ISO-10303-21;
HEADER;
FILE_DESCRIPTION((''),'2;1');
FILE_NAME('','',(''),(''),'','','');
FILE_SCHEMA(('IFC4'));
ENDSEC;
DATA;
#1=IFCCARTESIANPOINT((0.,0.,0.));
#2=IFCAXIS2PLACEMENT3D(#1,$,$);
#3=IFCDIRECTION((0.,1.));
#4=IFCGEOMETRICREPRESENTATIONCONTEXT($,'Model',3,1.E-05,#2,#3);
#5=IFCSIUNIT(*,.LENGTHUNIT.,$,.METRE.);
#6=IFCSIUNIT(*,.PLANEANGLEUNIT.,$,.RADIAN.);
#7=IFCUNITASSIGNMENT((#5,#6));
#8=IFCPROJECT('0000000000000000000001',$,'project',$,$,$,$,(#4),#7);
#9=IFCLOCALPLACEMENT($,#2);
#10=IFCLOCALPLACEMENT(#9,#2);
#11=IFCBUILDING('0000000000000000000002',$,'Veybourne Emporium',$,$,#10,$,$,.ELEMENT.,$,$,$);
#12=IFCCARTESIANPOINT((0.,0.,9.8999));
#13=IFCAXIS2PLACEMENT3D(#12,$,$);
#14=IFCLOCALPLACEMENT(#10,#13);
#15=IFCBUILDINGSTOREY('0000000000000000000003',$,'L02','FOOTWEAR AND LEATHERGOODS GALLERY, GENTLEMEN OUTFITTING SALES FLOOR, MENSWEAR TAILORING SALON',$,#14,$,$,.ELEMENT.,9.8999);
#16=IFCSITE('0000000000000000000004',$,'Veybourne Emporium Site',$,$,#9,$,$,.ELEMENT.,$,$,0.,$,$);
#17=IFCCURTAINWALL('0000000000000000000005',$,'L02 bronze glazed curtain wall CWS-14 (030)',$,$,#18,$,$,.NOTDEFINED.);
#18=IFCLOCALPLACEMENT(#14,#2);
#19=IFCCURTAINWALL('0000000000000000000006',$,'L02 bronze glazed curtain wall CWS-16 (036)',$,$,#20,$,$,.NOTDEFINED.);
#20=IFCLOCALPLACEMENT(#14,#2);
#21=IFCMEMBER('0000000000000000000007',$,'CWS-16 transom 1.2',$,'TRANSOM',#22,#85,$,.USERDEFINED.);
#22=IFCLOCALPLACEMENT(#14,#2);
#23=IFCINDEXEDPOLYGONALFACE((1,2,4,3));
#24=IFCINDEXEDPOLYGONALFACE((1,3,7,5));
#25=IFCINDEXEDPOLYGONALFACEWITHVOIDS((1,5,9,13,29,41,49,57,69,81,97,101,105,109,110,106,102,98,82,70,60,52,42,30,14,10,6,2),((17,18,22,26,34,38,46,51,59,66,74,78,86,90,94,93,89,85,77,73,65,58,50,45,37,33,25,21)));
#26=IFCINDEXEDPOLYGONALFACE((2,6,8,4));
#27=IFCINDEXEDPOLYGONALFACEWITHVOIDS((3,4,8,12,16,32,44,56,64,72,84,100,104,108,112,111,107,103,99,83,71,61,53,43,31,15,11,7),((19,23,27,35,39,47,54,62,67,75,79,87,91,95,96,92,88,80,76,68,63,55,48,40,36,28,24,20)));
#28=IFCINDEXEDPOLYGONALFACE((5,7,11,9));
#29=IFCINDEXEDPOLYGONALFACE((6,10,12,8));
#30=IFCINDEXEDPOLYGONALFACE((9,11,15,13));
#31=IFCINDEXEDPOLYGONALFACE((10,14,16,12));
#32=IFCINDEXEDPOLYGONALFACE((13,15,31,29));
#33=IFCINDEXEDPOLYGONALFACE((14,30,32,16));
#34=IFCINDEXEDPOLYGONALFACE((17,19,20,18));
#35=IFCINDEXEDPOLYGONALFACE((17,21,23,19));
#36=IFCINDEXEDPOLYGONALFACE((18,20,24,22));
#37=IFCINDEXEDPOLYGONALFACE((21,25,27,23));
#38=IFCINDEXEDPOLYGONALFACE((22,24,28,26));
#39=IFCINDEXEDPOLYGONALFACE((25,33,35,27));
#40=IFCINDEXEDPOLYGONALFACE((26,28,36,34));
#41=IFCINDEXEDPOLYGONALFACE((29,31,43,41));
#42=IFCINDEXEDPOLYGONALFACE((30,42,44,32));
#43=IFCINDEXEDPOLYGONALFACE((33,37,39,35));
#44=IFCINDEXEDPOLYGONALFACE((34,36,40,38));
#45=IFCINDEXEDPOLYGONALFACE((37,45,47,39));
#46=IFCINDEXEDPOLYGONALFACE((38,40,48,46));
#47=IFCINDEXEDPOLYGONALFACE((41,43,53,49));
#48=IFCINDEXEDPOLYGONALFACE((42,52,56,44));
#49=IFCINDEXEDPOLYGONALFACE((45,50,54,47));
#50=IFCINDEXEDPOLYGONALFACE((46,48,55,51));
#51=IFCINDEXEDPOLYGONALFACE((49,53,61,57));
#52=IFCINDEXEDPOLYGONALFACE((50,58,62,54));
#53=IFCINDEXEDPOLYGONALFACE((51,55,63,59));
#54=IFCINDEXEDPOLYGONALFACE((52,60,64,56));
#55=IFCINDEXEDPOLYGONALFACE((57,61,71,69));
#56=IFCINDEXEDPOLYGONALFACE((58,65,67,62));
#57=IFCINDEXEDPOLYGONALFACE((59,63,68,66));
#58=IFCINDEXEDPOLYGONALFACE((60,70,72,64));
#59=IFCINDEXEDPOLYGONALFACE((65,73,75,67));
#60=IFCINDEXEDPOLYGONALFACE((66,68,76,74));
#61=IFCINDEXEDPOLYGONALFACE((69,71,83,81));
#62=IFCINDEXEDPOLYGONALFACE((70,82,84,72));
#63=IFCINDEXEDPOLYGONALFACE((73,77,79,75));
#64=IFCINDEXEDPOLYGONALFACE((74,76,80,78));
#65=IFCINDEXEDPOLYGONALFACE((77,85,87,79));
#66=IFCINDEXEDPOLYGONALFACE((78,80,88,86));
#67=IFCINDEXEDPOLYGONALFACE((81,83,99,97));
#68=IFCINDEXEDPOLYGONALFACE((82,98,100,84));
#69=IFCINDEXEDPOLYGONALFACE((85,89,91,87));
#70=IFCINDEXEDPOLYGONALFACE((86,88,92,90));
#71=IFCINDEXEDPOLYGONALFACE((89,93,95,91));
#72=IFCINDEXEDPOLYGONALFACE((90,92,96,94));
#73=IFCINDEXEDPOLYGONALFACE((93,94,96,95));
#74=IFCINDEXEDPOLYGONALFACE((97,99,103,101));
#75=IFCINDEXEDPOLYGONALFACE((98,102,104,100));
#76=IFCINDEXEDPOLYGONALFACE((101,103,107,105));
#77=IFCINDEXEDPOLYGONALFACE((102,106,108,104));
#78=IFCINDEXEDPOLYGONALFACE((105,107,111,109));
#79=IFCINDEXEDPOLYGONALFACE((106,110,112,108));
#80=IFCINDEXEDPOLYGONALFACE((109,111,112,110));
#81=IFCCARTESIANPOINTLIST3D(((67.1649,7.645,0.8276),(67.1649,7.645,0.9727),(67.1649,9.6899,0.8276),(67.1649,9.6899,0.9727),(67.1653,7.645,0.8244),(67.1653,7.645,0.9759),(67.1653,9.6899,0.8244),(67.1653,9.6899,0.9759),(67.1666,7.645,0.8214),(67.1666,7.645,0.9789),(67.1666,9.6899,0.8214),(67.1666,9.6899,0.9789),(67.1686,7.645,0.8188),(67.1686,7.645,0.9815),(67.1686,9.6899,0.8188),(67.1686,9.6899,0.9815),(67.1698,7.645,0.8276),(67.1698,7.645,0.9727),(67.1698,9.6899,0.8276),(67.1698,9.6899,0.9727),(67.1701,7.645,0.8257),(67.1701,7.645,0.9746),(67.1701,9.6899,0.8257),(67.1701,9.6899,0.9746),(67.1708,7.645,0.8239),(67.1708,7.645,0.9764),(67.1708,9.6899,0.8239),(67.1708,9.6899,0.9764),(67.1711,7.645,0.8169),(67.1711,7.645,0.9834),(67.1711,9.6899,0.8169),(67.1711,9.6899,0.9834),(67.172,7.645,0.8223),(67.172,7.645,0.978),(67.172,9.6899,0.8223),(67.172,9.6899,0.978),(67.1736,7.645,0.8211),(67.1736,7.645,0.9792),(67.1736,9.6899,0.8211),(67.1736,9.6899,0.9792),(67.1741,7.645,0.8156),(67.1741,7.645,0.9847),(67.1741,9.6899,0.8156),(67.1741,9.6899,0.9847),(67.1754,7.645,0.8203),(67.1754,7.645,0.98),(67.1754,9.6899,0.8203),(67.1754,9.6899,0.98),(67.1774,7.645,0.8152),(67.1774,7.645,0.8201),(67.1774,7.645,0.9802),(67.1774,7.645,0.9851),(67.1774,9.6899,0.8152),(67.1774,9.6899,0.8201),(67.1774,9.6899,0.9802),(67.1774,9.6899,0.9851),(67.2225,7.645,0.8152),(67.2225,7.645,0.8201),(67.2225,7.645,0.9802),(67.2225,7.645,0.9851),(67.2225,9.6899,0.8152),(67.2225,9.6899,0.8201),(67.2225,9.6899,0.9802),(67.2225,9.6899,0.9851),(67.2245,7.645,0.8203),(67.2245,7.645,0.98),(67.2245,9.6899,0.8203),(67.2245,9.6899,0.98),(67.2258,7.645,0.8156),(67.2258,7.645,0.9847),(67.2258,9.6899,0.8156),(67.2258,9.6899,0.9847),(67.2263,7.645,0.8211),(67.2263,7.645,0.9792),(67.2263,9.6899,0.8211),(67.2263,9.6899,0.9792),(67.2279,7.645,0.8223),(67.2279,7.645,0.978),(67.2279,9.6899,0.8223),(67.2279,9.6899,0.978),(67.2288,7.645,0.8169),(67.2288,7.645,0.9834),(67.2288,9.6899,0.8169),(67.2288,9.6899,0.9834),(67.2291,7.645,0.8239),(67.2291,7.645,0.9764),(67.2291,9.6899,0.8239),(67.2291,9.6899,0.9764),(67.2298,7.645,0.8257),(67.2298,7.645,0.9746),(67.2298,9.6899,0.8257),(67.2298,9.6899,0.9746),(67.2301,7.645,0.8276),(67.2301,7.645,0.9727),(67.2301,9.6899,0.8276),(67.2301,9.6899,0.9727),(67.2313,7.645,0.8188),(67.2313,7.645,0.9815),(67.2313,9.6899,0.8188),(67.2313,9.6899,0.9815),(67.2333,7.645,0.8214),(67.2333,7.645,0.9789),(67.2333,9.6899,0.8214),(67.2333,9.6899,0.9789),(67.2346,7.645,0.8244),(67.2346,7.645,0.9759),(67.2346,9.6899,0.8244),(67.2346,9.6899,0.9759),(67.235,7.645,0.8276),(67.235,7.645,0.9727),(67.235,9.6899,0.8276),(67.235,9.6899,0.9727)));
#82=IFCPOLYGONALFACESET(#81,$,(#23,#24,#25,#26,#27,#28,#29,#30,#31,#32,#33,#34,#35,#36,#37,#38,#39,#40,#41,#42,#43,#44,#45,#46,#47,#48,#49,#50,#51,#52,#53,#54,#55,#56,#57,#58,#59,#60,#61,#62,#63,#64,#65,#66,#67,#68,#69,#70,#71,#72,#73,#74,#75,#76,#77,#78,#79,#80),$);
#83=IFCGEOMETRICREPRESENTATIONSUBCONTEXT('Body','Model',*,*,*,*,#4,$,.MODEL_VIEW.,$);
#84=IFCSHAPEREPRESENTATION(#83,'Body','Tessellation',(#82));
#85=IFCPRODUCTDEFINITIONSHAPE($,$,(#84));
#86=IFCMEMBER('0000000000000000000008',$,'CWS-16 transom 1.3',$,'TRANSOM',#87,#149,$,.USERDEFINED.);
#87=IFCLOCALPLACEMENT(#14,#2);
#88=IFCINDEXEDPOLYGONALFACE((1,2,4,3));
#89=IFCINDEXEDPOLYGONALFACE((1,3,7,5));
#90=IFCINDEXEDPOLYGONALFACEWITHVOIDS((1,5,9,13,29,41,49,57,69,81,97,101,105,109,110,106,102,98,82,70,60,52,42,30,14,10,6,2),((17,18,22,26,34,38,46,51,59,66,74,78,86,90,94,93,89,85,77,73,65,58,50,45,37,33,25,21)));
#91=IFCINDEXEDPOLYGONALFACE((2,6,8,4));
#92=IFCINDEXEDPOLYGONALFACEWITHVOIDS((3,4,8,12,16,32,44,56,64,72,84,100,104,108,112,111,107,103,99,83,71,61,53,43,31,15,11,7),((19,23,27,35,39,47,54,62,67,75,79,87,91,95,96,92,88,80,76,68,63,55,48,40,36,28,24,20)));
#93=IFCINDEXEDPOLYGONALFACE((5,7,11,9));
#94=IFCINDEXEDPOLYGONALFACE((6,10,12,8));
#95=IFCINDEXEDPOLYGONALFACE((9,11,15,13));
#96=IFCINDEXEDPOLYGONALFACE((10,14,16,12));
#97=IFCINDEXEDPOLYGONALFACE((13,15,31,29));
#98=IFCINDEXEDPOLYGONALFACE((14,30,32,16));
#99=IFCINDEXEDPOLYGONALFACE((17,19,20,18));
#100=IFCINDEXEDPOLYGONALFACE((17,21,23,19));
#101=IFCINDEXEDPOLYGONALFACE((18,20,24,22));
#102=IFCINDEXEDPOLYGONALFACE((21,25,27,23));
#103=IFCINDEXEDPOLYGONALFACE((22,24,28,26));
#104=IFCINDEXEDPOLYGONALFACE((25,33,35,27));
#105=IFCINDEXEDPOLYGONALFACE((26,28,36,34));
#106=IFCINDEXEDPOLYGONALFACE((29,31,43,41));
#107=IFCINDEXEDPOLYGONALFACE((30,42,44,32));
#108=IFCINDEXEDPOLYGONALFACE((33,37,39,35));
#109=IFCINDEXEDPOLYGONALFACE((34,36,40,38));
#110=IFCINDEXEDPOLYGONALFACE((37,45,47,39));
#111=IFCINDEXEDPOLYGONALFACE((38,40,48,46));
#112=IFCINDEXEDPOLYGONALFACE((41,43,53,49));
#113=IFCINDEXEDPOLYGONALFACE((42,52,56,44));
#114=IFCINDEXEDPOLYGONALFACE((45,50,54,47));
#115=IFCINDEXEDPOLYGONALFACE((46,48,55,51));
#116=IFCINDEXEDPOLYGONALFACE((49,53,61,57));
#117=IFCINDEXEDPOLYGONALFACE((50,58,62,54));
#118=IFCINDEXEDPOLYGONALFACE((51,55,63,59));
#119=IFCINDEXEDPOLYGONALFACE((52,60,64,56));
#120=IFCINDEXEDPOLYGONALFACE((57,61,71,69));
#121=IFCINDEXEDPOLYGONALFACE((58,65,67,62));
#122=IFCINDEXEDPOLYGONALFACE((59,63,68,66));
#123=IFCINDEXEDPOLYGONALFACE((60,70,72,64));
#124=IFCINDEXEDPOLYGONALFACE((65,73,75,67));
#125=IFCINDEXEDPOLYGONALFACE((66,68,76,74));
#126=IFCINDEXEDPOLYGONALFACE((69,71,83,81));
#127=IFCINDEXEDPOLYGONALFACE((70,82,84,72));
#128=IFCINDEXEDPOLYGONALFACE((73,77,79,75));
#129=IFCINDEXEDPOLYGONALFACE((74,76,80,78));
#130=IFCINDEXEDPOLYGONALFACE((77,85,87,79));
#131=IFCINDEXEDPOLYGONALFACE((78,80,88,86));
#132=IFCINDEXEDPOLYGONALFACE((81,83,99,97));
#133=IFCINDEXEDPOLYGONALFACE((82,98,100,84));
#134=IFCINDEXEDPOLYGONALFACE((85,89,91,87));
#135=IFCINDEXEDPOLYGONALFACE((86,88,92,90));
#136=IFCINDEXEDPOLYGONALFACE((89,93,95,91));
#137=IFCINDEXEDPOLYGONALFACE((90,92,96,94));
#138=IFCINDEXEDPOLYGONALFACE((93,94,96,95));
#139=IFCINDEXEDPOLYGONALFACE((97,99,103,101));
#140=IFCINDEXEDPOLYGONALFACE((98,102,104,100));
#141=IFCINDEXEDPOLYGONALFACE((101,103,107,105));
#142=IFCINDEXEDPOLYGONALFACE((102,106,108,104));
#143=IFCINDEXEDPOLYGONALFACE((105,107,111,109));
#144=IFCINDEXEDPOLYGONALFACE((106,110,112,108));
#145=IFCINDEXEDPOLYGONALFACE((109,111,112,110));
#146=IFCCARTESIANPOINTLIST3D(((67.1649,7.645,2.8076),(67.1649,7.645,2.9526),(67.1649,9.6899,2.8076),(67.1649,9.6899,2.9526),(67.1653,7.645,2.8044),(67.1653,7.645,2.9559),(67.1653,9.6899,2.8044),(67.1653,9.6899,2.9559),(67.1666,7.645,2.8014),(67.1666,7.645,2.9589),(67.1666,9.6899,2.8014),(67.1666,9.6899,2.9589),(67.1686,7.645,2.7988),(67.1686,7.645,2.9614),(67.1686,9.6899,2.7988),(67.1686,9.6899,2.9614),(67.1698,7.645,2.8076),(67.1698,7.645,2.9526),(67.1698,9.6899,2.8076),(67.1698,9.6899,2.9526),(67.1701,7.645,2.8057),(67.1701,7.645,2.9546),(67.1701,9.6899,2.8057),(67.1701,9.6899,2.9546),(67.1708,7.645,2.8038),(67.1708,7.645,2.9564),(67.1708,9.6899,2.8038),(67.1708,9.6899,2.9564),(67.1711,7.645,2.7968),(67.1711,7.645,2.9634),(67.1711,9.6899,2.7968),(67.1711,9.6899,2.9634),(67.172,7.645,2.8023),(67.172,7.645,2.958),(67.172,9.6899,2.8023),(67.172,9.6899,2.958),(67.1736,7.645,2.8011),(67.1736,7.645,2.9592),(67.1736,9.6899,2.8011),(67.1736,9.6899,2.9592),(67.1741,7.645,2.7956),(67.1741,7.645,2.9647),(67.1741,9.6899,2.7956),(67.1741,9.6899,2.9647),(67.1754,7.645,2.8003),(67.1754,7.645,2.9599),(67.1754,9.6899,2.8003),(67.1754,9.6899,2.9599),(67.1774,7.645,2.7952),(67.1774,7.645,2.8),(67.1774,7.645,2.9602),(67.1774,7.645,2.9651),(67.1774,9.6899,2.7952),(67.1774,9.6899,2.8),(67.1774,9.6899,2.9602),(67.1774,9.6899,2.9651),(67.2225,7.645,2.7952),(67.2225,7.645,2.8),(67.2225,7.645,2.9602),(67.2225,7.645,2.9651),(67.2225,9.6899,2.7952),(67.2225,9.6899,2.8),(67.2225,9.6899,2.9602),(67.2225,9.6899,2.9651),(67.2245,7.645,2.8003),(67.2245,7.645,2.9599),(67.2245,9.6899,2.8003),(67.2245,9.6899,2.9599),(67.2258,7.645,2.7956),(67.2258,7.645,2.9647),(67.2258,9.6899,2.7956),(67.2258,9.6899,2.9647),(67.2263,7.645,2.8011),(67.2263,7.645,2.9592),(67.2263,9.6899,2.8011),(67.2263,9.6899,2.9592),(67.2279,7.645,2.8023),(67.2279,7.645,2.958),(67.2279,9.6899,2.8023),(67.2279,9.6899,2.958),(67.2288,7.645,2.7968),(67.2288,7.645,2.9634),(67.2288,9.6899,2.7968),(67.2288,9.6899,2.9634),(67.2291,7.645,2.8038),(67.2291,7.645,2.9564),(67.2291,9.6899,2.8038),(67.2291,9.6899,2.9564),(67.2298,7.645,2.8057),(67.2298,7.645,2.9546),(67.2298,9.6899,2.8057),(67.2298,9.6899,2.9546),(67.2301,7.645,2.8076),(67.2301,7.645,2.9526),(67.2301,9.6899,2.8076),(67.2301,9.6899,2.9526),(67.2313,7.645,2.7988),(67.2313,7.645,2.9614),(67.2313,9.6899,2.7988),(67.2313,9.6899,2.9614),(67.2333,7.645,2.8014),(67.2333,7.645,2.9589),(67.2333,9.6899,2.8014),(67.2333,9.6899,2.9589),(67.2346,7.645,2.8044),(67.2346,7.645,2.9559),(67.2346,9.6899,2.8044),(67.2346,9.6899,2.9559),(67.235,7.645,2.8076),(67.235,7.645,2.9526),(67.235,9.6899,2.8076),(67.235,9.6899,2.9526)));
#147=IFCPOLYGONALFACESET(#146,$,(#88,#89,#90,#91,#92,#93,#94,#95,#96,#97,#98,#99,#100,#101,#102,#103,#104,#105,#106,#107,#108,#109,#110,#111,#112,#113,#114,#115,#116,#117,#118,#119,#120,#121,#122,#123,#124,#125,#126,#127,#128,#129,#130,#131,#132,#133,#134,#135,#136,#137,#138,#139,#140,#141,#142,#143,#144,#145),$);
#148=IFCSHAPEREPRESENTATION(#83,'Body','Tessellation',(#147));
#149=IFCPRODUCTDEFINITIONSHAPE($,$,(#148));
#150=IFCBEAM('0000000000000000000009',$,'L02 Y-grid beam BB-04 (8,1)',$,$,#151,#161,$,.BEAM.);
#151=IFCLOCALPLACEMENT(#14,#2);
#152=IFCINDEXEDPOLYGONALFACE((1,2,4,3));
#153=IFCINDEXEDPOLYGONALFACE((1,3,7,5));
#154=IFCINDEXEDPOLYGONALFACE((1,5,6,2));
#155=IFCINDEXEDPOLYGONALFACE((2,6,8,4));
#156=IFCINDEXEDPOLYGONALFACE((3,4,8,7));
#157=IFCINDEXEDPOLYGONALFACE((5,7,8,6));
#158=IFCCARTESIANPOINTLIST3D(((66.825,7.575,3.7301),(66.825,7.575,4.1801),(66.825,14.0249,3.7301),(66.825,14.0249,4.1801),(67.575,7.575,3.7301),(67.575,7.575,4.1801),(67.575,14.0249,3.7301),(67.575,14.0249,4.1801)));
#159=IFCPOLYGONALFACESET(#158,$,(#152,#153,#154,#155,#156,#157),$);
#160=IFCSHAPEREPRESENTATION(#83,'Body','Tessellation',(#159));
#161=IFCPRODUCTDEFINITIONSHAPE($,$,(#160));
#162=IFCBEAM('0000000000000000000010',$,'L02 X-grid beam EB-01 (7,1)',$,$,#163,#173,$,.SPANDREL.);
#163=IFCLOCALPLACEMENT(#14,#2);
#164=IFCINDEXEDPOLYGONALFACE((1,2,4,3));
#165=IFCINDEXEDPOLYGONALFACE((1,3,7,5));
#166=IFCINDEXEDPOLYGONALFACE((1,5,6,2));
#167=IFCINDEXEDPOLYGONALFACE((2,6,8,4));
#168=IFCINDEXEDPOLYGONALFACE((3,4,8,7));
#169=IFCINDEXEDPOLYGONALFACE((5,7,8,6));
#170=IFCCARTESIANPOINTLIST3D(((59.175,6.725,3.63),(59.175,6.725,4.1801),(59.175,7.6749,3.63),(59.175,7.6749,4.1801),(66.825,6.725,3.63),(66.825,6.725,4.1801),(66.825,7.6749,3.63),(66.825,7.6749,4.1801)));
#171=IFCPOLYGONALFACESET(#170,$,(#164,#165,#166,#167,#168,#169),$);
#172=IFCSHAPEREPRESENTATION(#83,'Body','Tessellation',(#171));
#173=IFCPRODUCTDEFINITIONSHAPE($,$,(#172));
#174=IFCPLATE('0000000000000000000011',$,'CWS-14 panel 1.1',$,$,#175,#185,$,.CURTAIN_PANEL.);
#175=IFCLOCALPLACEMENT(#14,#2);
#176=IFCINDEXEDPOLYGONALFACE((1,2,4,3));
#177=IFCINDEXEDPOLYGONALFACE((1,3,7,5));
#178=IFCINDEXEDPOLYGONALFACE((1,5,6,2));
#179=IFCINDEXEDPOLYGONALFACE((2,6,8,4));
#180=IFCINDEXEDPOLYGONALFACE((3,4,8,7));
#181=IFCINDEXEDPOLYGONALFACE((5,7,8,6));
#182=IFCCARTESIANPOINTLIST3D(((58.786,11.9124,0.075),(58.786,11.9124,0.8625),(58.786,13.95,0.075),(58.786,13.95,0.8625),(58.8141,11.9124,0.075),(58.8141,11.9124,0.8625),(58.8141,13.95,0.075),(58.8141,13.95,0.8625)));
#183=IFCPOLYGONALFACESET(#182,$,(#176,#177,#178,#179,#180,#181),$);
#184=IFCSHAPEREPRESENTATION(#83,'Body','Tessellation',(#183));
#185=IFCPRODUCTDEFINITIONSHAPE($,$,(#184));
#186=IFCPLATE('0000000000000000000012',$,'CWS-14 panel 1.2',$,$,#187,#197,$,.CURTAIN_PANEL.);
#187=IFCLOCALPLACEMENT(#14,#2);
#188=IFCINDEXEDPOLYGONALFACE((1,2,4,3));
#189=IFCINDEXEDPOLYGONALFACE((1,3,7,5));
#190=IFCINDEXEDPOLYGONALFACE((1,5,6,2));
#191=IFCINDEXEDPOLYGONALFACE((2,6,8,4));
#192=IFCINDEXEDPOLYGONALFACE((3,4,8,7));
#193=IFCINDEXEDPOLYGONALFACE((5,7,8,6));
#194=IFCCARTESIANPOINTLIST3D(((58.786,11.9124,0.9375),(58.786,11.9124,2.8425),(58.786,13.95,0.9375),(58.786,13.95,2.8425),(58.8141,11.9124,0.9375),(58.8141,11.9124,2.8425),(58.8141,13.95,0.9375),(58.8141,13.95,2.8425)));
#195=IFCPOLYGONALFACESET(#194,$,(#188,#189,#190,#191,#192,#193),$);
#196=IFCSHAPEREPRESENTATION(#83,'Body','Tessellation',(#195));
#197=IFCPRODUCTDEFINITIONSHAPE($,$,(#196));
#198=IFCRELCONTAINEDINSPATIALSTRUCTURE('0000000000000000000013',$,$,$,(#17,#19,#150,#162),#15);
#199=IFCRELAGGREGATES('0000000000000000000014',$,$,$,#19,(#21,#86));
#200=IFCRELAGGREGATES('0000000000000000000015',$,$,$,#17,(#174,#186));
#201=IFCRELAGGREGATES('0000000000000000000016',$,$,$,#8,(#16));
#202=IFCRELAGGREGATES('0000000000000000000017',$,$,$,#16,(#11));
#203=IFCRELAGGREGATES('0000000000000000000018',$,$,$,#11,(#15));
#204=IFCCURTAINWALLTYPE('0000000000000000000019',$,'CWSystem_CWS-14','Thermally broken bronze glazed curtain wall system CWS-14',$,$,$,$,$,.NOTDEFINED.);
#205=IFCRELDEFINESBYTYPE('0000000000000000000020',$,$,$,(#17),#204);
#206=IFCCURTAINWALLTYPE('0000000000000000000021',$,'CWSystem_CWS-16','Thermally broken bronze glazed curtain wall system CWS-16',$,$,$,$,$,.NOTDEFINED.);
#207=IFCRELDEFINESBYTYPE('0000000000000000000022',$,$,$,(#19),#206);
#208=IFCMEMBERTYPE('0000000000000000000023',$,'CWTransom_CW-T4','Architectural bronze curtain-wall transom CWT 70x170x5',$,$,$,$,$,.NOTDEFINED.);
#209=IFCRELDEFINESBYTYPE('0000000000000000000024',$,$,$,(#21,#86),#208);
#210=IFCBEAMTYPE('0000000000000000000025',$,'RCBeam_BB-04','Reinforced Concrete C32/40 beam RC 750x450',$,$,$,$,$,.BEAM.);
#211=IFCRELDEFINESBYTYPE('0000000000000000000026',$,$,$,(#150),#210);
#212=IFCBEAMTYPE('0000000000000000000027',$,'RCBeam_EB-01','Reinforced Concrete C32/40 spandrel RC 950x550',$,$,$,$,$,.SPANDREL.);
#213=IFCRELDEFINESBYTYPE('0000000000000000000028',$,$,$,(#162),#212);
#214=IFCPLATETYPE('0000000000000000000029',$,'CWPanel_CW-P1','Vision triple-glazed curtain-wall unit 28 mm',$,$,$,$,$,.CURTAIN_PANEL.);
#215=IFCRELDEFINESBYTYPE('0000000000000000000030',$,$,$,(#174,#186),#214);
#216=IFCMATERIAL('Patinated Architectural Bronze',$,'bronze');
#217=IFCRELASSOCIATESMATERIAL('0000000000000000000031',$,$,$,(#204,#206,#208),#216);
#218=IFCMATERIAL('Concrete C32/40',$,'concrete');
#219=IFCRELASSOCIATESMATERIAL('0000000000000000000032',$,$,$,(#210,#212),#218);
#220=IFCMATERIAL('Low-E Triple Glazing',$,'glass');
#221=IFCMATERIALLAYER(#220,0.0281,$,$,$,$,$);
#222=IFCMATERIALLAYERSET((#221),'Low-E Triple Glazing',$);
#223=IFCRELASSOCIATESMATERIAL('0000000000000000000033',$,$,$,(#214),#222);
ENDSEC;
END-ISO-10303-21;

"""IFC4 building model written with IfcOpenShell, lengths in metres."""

from ifc_helpers import new_model, si_unit, direction, frame, origin, origin_2d, place, context, subcontext, project, spatial, rectangle, hollow_rectangle, extrude, material, layer, layer_set, material_profile, profile_set, type_object, element, aggregate, save


model = new_model("IFC4")

# Units and contexts
model_context = context("Model", 3, precision=1e-05, world=origin(), true_north=direction((0.0, 1.0)))
body_context = subcontext(model_context, "Body", "Model", "MODEL_VIEW")
ifc_project = project(units=[si_unit("LENGTHUNIT", "METRE"), si_unit("PLANEANGLEUNIT", "RADIAN")], contexts=[model_context])

# Site, building, storey
site_placement = place(None, origin())
site = spatial("IfcSite", under=ifc_project, at=site_placement, Name="Veybourne Emporium Site", CompositionType="ELEMENT", RefElevation=0.0)
building_placement = place(site_placement, origin())
building = spatial("IfcBuilding", under=site, at=building_placement, Name="Veybourne Emporium", CompositionType="ELEMENT")
storey_placement = place(building_placement, frame((0.0, 0.0, 9.8999)))
storey = spatial("IfcBuildingStorey", under=building, at=storey_placement, Name="L02", Description="FOOTWEAR AND LEATHERGOODS GALLERY, GENTLEMEN OUTFITTING SALES FLOOR, MENSWEAR TAILORING SALON", CompositionType="ELEMENT", Elevation=9.8999)

# Curtain walls
ifc_material_1 = material(Name="Patinated Architectural Bronze", Category="bronze")
curtain_wall_type_1 = type_object("IfcCurtainWallType", Name="CWSystem_CWS-14", Description="Thermally broken bronze glazed curtain wall system CWS-14", PredefinedType="NOTDEFINED", material=ifc_material_1)
curtain_wall_1_placement = place(storey_placement, origin())
curtain_wall_1 = element("IfcCurtainWall", 1, at=curtain_wall_1_placement, inside=storey, type_object=curtain_wall_type_1, Name="L02 bronze glazed curtain wall CWS-14 (030)", PredefinedType="NOTDEFINED")
curtain_wall_type_2 = type_object("IfcCurtainWallType", Name="CWSystem_CWS-16", Description="Thermally broken bronze glazed curtain wall system CWS-16", PredefinedType="NOTDEFINED", material=ifc_material_1)
curtain_wall_2_placement = place(storey_placement, origin())
curtain_wall_2 = element("IfcCurtainWall", 2, at=curtain_wall_2_placement, inside=storey, type_object=curtain_wall_type_2, Name="L02 bronze glazed curtain wall CWS-16 (036)", PredefinedType="NOTDEFINED")

# Members
ifc_material_profile_1 = material_profile(ifc_material_1, hollow_rectangle(XDim=0.0701, YDim=0.1699, WallThickness=0.0049, InnerFilletRadius=0.0076, OuterFilletRadius=0.0125, at=origin_2d()), Name="CWT 70x170x5")
ifc_profile_set_1 = profile_set([ifc_material_profile_1], Name="Patinated Architectural Bronze")
member_type_1 = type_object("IfcMemberType", Name="CWTransom_CW-T4", Description="Architectural bronze curtain-wall transom CWT 70x170x5", PredefinedType="NOTDEFINED", material=ifc_profile_set_1)
member_1_placement = place(storey_placement, frame((67.2, 7.645, 0.9001), z_axis=(0.0, 1.0, 0.0), x_axis=(-1.0, 0.0, 0.0)))
member_1 = element("IfcMember", 3, at=member_1_placement, type_object=member_type_1, Name="CWS-16 transom 1.2", ObjectType="TRANSOM", PredefinedType="USERDEFINED", context=body_context, shape_type="SweptSolid", body=[
    extrude(hollow_rectangle(XDim=0.0701, YDim=0.1699, WallThickness=0.0049, InnerFilletRadius=0.0076, OuterFilletRadius=0.0125, at=origin_2d()), origin(), (0.0, 0.0, 1.0), 2.0449),
])
member_2_placement = place(storey_placement, frame((67.2, 7.645, 2.8801), z_axis=(0.0, 1.0, 0.0), x_axis=(-1.0, 0.0, 0.0)))
member_2 = element("IfcMember", 4, at=member_2_placement, type_object=member_type_1, Name="CWS-16 transom 1.3", ObjectType="TRANSOM", PredefinedType="USERDEFINED", context=body_context, shape_type="SweptSolid", body=[
    extrude(hollow_rectangle(XDim=0.0701, YDim=0.1699, WallThickness=0.0049, InnerFilletRadius=0.0076, OuterFilletRadius=0.0125, at=origin_2d()), origin(), (0.0, 0.0, 1.0), 2.0449),
])
aggregate(curtain_wall_2, [member_1, member_2])

# Beams
ifc_material_2 = material(Name="Concrete C32/40", Category="concrete")
ifc_material_profile_2 = material_profile(ifc_material_2, rectangle(XDim=0.75, YDim=0.45, at=origin_2d()), Name="RC 750x450")
ifc_profile_set_2 = profile_set([ifc_material_profile_2], Name="Concrete C32/40")
beam_type_1 = type_object("IfcBeamType", Name="RCBeam_BB-04", Description="Reinforced Concrete C32/40 beam RC 750x450", PredefinedType="BEAM", material=ifc_profile_set_2)
beam_1_placement = place(storey_placement, frame((67.2, 7.575, 3.9551), z_axis=(0.0, 1.0, 0.0), x_axis=(-1.0, 0.0, 0.0)))
element("IfcBeam", 5, at=beam_1_placement, inside=storey, type_object=beam_type_1, Name="L02 Y-grid beam BB-04 (8,1)", PredefinedType="BEAM", context=body_context, shape_type="SweptSolid", body=[
    extrude(rectangle(XDim=0.75, YDim=0.45, at=origin_2d()), origin(), (0.0, 0.0, 1.0), 6.45),
])
ifc_material_profile_3 = material_profile(ifc_material_2, rectangle(XDim=0.95, YDim=0.55, at=origin_2d()), Name="RC 950x550")
ifc_profile_set_3 = profile_set([ifc_material_profile_3], Name="Concrete C32/40")
beam_type_2 = type_object("IfcBeamType", Name="RCBeam_EB-01", Description="Reinforced Concrete C32/40 spandrel RC 950x550", PredefinedType="SPANDREL", material=ifc_profile_set_3)
beam_2_placement = place(storey_placement, frame((59.175, 7.2, 3.905), z_axis=(1.0, 0.0, 0.0), x_axis=(0.0, 1.0, 0.0)))
element("IfcBeam", 6, at=beam_2_placement, inside=storey, type_object=beam_type_2, Name="L02 X-grid beam EB-01 (7,1)", PredefinedType="SPANDREL", context=body_context, shape_type="SweptSolid", body=[
    extrude(rectangle(XDim=0.95, YDim=0.55, at=origin_2d()), origin(), (0.0, 0.0, 1.0), 7.6499),
])

# Plates
ifc_material_3 = material(Name="Low-E Triple Glazing", Category="glass")
ifc_layer_1 = layer(ifc_material_3, 0.0281)
ifc_layer_set_1 = layer_set([ifc_layer_1], Name="Low-E Triple Glazing")
plate_type = type_object("IfcPlateType", Name="CWPanel_CW-P1", Description="Vision triple-glazed curtain-wall unit 28 mm", PredefinedType="CURTAIN_PANEL", material=ifc_layer_set_1)
plate_1_placement = place(storey_placement, frame((58.8, 12.9312, 0.075), z_axis=(0.0, 0.0, 1.0), x_axis=(0.0, -1.0, 0.0)))
plate_1 = element("IfcPlate", 7, at=plate_1_placement, type_object=plate_type, Name="CWS-14 panel 1.1", PredefinedType="CURTAIN_PANEL", context=body_context, shape_type="SweptSolid", body=[
    extrude(rectangle(XDim=2.0376, YDim=0.0281, at=origin_2d()), origin(), (0.0, 0.0, 1.0), 0.7876),
])
plate_2_placement = place(storey_placement, frame((58.8, 12.9312, 0.9375), z_axis=(0.0, 0.0, 1.0), x_axis=(0.0, -1.0, 0.0)))
plate_2 = element("IfcPlate", 8, at=plate_2_placement, type_object=plate_type, Name="CWS-14 panel 1.2", PredefinedType="CURTAIN_PANEL", context=body_context, shape_type="SweptSolid", body=[
    extrude(rectangle(XDim=2.0376, YDim=0.0281, at=origin_2d()), origin(), (0.0, 0.0, 1.0), 1.905),
])
aggregate(curtain_wall_1, [plate_1, plate_2])

save(model, "model.ifc")
